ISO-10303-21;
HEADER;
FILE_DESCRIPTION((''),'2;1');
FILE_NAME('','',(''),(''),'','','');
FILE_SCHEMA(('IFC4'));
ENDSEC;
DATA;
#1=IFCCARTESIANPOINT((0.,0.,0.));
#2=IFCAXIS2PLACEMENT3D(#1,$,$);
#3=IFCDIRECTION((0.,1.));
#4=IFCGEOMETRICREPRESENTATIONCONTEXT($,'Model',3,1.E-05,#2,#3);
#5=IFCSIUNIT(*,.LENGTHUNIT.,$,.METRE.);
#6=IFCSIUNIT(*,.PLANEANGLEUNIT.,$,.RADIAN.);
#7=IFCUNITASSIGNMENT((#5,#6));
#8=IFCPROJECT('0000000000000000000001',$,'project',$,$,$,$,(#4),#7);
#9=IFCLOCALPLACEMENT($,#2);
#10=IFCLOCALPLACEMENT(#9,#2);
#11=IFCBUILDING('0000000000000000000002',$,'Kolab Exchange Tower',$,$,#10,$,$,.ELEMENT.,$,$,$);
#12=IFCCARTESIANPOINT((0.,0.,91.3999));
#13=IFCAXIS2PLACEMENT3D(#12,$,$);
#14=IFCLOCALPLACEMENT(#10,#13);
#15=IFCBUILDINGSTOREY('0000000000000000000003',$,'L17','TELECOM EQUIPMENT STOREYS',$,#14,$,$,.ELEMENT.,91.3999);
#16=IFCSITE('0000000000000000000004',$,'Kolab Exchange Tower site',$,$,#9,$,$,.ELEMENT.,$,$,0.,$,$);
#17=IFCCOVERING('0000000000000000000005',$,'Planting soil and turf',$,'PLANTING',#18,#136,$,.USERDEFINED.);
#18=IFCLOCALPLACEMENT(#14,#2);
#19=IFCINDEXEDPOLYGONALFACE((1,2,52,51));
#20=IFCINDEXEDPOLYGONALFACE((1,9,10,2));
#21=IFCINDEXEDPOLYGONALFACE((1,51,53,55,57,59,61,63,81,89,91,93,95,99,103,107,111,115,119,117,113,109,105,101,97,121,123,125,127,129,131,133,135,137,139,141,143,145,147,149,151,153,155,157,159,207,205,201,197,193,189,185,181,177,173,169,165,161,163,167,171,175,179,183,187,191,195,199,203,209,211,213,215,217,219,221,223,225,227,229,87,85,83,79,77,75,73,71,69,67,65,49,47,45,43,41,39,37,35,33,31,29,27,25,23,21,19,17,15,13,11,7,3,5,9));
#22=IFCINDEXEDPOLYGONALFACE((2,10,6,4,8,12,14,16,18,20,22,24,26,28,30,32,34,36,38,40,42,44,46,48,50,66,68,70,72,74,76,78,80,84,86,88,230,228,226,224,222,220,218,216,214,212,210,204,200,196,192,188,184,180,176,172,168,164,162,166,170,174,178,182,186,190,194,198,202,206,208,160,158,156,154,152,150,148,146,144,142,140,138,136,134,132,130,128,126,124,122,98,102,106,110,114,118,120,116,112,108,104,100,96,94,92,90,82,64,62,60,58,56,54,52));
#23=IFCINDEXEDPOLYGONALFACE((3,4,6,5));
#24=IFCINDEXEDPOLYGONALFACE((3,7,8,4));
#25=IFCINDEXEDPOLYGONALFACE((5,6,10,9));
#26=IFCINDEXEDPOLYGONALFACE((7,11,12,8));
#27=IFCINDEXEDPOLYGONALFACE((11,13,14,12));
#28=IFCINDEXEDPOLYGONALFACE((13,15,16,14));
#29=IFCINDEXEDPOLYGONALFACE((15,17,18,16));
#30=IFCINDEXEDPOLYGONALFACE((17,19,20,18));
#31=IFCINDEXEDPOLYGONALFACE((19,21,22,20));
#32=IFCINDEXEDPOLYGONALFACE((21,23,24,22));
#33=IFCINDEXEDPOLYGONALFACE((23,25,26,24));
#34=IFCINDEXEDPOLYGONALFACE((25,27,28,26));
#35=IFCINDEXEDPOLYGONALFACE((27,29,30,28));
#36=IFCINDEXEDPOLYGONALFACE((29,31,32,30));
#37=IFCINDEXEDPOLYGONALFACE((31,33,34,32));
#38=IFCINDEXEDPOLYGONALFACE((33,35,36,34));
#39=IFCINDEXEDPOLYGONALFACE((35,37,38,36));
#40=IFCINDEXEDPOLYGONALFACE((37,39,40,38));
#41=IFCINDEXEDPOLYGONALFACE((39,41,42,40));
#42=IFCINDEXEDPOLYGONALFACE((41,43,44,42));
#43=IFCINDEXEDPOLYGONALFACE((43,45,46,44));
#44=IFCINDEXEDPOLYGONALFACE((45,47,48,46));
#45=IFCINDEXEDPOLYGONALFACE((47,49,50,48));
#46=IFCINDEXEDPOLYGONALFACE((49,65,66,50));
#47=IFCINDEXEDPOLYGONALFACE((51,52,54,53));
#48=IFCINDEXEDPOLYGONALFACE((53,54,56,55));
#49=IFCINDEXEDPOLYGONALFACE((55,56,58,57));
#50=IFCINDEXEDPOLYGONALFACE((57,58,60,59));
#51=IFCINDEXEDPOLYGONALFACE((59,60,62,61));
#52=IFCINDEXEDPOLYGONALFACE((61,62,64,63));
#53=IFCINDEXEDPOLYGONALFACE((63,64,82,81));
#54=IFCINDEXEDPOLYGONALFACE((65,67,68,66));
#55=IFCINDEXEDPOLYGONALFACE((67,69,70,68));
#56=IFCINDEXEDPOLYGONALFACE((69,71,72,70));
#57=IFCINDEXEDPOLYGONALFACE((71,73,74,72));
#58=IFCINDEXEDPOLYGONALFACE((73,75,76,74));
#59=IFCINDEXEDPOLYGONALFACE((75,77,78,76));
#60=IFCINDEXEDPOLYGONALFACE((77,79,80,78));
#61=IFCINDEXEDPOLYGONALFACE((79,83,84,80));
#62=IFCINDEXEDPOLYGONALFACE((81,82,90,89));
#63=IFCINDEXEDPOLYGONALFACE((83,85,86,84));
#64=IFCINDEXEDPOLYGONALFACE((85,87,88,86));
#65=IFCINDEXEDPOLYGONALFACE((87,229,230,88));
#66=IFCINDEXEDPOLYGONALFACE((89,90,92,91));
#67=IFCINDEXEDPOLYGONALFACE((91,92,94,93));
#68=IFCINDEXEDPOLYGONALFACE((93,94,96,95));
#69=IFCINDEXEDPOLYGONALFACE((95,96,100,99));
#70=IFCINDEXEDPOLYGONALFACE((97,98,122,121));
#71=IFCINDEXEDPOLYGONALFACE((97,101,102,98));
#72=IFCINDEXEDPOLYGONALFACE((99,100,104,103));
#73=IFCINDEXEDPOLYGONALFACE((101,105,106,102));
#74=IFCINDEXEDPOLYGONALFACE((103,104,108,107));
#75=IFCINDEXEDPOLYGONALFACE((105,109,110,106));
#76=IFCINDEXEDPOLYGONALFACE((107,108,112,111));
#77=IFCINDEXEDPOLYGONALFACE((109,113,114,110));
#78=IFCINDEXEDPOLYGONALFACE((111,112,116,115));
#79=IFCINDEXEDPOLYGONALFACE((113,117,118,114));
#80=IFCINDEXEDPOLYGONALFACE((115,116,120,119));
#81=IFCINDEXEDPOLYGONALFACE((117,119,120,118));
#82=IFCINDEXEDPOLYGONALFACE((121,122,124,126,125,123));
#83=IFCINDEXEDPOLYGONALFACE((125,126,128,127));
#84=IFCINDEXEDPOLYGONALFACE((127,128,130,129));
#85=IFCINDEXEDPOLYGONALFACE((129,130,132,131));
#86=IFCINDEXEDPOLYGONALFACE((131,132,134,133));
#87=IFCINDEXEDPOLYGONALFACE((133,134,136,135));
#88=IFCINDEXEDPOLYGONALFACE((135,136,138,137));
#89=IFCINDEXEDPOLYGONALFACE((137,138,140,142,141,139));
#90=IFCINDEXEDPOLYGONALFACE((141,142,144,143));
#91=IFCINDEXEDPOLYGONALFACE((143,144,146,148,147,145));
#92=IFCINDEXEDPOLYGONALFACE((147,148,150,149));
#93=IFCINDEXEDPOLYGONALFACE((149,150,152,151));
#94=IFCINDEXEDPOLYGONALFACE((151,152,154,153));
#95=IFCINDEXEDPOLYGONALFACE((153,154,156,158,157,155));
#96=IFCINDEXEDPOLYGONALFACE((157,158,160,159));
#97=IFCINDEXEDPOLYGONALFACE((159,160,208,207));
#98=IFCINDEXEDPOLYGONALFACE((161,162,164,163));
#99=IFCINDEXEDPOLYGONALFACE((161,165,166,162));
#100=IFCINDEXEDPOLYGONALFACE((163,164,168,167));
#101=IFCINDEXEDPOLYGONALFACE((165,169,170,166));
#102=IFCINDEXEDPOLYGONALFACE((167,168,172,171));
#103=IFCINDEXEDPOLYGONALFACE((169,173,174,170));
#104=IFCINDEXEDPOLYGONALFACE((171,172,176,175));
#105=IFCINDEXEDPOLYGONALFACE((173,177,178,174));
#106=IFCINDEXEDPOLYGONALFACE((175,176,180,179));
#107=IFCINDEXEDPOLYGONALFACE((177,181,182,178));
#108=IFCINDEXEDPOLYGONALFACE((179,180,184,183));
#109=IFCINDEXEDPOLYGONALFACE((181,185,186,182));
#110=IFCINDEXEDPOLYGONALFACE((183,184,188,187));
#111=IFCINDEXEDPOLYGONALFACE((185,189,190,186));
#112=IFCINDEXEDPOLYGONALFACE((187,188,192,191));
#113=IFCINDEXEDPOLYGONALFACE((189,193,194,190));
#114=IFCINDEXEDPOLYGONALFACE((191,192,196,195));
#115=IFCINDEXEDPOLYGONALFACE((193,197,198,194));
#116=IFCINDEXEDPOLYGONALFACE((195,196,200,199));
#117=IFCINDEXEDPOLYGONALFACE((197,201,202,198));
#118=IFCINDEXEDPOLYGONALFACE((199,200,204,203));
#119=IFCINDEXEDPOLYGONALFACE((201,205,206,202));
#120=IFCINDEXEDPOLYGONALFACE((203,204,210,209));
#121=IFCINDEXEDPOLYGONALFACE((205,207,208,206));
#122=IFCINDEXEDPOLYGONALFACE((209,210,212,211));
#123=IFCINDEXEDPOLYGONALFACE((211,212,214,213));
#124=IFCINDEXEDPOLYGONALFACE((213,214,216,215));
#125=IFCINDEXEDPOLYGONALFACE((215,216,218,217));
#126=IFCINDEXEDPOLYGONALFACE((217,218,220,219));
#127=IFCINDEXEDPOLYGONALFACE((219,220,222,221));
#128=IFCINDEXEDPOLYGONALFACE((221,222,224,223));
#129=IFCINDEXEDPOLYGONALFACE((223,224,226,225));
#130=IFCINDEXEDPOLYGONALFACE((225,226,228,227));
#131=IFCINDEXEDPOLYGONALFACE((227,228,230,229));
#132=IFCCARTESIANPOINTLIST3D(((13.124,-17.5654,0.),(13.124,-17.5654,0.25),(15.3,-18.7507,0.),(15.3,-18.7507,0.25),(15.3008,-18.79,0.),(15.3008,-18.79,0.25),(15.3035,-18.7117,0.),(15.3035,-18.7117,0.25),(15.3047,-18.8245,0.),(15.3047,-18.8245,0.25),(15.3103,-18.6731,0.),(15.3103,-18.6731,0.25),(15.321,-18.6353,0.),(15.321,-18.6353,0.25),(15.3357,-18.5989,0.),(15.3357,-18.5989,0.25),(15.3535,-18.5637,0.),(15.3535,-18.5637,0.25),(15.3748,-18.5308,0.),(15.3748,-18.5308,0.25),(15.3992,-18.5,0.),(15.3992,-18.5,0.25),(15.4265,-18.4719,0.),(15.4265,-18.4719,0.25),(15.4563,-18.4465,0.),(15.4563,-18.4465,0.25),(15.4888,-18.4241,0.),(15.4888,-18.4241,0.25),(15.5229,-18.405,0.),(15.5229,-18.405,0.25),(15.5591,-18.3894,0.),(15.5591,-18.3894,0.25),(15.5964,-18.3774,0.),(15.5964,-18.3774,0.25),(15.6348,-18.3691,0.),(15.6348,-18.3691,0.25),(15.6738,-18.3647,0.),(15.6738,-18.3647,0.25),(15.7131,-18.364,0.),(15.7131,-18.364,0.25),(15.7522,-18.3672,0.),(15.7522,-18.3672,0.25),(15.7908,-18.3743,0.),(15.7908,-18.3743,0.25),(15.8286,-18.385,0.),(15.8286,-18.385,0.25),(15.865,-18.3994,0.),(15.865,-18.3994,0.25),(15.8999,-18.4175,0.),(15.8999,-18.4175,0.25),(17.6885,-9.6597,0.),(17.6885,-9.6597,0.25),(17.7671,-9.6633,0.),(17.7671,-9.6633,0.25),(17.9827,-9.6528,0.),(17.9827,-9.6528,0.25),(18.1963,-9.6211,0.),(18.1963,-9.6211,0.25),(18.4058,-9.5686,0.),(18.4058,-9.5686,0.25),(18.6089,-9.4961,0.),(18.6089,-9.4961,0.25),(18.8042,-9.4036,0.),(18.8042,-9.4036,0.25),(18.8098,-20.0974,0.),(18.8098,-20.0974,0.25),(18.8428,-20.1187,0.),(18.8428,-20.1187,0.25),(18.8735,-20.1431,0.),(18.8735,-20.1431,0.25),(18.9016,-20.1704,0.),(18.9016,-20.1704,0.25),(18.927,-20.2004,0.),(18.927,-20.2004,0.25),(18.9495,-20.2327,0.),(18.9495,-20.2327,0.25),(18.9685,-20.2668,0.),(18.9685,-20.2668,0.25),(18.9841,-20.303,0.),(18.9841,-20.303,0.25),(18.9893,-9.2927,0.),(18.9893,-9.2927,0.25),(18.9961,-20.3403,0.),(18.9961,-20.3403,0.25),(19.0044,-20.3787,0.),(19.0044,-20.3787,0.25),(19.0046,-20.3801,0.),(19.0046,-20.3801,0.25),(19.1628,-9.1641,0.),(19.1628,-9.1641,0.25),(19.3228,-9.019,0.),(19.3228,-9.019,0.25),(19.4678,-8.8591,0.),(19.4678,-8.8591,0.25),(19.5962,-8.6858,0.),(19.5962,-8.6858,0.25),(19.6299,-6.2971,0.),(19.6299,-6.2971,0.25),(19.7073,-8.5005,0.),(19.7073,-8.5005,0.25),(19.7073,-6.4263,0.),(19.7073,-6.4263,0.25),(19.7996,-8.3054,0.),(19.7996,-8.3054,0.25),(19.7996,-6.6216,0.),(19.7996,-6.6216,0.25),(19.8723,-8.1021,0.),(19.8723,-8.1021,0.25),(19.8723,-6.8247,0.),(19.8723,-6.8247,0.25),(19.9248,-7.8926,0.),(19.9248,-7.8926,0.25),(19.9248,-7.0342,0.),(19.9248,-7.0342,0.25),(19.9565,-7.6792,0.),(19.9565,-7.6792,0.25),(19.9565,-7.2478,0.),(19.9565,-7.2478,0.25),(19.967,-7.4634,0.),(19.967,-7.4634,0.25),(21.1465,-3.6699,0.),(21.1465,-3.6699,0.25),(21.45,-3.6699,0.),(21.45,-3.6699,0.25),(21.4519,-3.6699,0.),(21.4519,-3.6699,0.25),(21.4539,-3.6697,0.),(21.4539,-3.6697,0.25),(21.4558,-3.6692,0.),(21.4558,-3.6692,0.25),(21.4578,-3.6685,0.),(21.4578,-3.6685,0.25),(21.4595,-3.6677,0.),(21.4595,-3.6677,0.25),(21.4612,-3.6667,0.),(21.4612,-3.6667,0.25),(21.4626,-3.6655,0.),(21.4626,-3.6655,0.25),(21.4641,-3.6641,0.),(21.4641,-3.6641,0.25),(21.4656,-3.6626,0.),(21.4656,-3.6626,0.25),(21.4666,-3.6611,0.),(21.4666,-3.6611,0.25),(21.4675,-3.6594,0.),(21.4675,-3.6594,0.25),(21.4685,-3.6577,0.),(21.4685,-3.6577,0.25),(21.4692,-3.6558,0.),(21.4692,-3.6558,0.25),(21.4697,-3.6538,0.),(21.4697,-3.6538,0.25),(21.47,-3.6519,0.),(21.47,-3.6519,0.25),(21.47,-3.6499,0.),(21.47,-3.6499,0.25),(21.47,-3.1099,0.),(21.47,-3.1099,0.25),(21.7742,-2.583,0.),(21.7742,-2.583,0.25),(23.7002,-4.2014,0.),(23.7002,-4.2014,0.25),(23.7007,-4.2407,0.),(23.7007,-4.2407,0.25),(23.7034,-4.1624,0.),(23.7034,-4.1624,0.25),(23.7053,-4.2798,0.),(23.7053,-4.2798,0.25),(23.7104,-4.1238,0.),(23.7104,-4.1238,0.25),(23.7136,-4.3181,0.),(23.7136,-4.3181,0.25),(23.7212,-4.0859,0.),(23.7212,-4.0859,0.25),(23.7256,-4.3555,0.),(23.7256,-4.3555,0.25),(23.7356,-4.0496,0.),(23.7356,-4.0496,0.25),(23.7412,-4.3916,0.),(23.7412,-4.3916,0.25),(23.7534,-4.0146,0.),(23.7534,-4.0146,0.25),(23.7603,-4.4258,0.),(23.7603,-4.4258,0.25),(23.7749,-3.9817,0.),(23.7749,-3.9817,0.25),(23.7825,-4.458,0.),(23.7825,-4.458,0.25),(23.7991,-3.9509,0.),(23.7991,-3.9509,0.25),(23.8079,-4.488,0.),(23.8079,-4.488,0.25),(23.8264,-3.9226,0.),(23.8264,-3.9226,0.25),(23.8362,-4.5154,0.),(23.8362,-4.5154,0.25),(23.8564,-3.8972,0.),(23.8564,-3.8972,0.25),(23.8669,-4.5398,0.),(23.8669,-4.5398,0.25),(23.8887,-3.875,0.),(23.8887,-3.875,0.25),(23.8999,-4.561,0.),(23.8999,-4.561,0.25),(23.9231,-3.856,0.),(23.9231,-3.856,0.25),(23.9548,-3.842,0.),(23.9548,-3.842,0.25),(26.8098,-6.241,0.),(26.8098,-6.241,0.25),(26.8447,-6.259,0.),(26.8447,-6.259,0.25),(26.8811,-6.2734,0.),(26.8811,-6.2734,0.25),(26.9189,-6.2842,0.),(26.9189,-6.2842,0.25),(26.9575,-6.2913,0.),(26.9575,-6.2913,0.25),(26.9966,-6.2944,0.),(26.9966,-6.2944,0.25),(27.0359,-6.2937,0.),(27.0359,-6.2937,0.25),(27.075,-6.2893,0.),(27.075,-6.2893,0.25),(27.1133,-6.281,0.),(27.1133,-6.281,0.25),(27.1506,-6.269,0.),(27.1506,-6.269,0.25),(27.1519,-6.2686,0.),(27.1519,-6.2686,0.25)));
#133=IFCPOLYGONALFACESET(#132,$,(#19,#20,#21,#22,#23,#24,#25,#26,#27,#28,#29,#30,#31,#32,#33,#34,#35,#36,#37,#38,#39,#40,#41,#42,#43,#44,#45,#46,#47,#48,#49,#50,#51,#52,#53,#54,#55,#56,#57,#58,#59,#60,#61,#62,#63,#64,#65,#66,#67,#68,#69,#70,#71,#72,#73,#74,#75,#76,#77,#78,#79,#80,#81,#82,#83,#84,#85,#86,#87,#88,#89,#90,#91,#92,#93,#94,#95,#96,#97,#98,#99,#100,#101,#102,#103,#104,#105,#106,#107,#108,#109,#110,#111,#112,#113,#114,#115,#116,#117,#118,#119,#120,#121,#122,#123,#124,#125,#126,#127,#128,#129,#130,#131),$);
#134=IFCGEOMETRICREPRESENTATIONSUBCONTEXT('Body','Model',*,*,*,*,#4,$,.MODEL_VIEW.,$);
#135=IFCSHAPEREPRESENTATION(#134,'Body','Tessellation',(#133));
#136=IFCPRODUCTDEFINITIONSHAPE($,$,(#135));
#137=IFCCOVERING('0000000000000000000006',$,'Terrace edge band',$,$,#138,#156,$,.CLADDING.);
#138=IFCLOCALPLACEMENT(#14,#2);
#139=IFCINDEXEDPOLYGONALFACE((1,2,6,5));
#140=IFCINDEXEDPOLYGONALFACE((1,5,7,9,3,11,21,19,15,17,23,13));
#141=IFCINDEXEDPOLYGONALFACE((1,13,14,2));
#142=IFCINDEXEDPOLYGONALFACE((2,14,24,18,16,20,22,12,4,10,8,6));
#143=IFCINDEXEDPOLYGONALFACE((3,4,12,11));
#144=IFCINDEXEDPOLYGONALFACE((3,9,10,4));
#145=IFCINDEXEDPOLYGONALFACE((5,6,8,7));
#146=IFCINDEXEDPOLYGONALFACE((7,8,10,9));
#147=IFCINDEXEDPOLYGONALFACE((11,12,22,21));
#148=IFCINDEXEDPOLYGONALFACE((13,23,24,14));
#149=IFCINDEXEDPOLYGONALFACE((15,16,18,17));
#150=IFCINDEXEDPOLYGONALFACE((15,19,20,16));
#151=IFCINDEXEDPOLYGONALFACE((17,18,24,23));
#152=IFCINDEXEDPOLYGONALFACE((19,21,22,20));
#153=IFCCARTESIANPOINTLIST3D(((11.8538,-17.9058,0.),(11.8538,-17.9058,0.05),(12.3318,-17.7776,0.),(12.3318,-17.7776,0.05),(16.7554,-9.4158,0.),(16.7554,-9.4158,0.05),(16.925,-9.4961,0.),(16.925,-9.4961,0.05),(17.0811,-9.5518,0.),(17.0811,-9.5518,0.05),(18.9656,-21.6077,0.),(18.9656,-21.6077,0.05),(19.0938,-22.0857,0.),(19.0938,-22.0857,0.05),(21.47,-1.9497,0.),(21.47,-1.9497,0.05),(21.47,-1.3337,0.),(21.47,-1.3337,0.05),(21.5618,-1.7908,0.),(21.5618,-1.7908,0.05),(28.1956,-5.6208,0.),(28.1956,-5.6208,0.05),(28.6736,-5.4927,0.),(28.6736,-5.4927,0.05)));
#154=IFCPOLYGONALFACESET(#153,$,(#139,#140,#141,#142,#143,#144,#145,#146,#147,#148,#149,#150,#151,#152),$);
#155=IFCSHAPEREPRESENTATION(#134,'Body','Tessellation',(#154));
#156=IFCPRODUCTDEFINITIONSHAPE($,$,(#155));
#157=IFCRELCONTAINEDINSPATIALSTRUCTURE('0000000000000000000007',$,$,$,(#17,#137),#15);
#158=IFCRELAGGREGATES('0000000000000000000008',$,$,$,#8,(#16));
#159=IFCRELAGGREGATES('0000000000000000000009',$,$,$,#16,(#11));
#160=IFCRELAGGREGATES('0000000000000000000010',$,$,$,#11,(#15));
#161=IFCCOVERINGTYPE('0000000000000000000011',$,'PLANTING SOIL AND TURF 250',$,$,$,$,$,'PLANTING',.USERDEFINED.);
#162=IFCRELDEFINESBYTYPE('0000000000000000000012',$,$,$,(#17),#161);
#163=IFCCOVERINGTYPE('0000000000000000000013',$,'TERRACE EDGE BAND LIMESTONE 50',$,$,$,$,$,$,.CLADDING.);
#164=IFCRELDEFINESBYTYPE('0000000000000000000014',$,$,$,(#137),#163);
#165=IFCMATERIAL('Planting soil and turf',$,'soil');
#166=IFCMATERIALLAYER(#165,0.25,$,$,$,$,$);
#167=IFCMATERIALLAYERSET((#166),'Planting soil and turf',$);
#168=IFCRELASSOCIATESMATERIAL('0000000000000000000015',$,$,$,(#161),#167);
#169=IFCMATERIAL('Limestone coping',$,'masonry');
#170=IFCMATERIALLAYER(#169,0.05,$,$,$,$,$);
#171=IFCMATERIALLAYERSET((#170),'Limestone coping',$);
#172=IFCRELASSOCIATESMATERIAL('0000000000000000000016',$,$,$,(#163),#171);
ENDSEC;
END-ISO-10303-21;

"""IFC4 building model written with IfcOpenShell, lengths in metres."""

from ifc_helpers import new_model, si_unit, direction, frame, origin, place, context, subcontext, project, spatial, polyline, outline, extrude, material, layer, layer_set, type_object, element, save


model = new_model("IFC4")

# Units and contexts
model_context = context("Model", 3, precision=1e-05, world=origin(), true_north=direction((0.0, 1.0)))
body_context = subcontext(model_context, "Body", "Model", "MODEL_VIEW")
ifc_project = project(units=[si_unit("LENGTHUNIT", "METRE"), si_unit("PLANEANGLEUNIT", "RADIAN")], contexts=[model_context])

# Site, building, storey
site_placement = place(None, origin())
site = spatial("IfcSite", under=ifc_project, at=site_placement, Name="Kolab Exchange Tower site", CompositionType="ELEMENT", RefElevation=0.0)
building_placement = place(site_placement, origin())
building = spatial("IfcBuilding", under=site, at=building_placement, Name="Kolab Exchange Tower", CompositionType="ELEMENT")
storey_placement = place(building_placement, frame((0.0, 0.0, 91.3999)))
storey = spatial("IfcBuildingStorey", under=building, at=storey_placement, Name="L17", Description="TELECOM EQUIPMENT STOREYS", CompositionType="ELEMENT", Elevation=91.3999)

# Coverings
ifc_material_1 = material(Name="Planting soil and turf", Category="soil")
ifc_layer_1 = layer(ifc_material_1, 0.25)
ifc_layer_set_1 = layer_set([ifc_layer_1], Name="Planting soil and turf")
covering_type_1 = type_object("IfcCoveringType", Name="PLANTING SOIL AND TURF 250", ElementType="PLANTING", PredefinedType="USERDEFINED", material=ifc_layer_set_1)
covering_1_placement = place(storey_placement, origin())
element("IfcCovering", 1, at=covering_1_placement, inside=storey, type_object=covering_type_1, Name="Planting soil and turf", ObjectType="PLANTING", PredefinedType="USERDEFINED", context=body_context, shape_type="SweptSolid", body=[
    extrude(outline(polyline([(23.9548, -3.842), (23.9231, -3.856), (23.8887, -3.875), (23.8564, -3.8972), (23.8264, -3.9226), (23.7991, -3.9509), (23.7749, -3.9817), (23.7534, -4.0146), (23.7356, -4.0496), (23.7212, -4.0859), (23.7104, -4.1238), (23.7034, -4.1624), (23.7002, -4.2014), (23.7007, -4.2407), (23.7053, -4.2798), (23.7136, -4.3181), (23.7256, -4.3555), (23.7412, -4.3916), (23.7603, -4.4258), (23.7825, -4.458), (23.8079, -4.488), (23.8362, -4.5154), (23.8669, -4.5398), (23.8999, -4.561), (26.8098, -6.241), (26.8447, -6.259), (26.8811, -6.2734), (26.9189, -6.2842), (26.9575, -6.2913), (26.9966, -6.2944), (27.0359, -6.2937), (27.075, -6.2893), (27.1133, -6.281), (27.1506, -6.269), (27.1519, -6.2686), (19.0046, -20.3801), (19.0044, -20.3787), (18.9961, -20.3403), (18.9841, -20.303), (18.9685, -20.2668), (18.9495, -20.2327), (18.927, -20.2004), (18.9016, -20.1704), (18.8735, -20.1431), (18.8428, -20.1187), (18.8098, -20.0974), (15.8999, -18.4175), (15.865, -18.3994), (15.8286, -18.385), (15.7908, -18.3743), (15.7522, -18.3672), (15.7131, -18.364), (15.6738, -18.3647), (15.6348, -18.3691), (15.5964, -18.3774), (15.5591, -18.3894), (15.5229, -18.405), (15.4888, -18.4241), (15.4563, -18.4465), (15.4265, -18.4719), (15.3992, -18.5), (15.3748, -18.5308), (15.3535, -18.5637), (15.3357, -18.5989), (15.321, -18.6353), (15.3103, -18.6731), (15.3035, -18.7117), (15.3, -18.7507), (15.3008, -18.79), (15.3047, -18.8245), (13.124, -17.5654), (17.6885, -9.6597), (17.7671, -9.6633), (17.9827, -9.6528), (18.1963, -9.6211), (18.4058, -9.5686), (18.6089, -9.4961), (18.8042, -9.4036), (18.9893, -9.2927), (19.1628, -9.1641), (19.3228, -9.019), (19.4678, -8.8591), (19.5962, -8.6858), (19.7073, -8.5005), (19.7996, -8.3054), (19.8723, -8.1021), (19.9248, -7.8926), (19.9565, -7.6792), (19.967, -7.4634), (19.9565, -7.2478), (19.9248, -7.0342), (19.8723, -6.8247), (19.7996, -6.6216), (19.7073, -6.4263), (19.6299, -6.2971), (21.1465, -3.6699), (21.45, -3.6699), (21.4519, -3.6699), (21.4539, -3.6697), (21.4558, -3.6692), (21.4578, -3.6685), (21.4595, -3.6677), (21.4612, -3.6667), (21.4626, -3.6655), (21.4641, -3.6641), (21.4656, -3.6626), (21.4666, -3.6611), (21.4675, -3.6594), (21.4685, -3.6577), (21.4692, -3.6558), (21.4697, -3.6538), (21.47, -3.6519), (21.47, -3.6499), (21.47, -3.1099), (21.7742, -2.583), (23.9548, -3.842)])), origin(), (0.0, 0.0, 1.0), 0.25),
])
ifc_material_2 = material(Name="Limestone coping", Category="masonry")
ifc_layer_2 = layer(ifc_material_2, 0.05)
ifc_layer_set_2 = layer_set([ifc_layer_2], Name="Limestone coping")
covering_type_2 = type_object("IfcCoveringType", Name="TERRACE EDGE BAND LIMESTONE 50", PredefinedType="CLADDING", material=ifc_layer_set_2)
covering_2_placement = place(storey_placement, origin())
element("IfcCovering", 2, at=covering_2_placement, inside=storey, type_object=covering_type_2, Name="Terrace edge band", PredefinedType="CLADDING", context=body_context, shape_type="SweptSolid", body=[
    extrude(outline(polyline([(19.0938, -22.0857), (11.8538, -17.9058), (16.7554, -9.4158), (16.925, -9.4961), (17.0811, -9.5518), (12.3318, -17.7776), (18.9656, -21.6077), (28.1956, -5.6208), (21.5618, -1.7908), (21.47, -1.9497), (21.47, -1.3337), (28.6736, -5.4927), (19.0938, -22.0857)])), origin(), (0.0, 0.0, 1.0), 0.05),
])

save(model, "model.ifc")
